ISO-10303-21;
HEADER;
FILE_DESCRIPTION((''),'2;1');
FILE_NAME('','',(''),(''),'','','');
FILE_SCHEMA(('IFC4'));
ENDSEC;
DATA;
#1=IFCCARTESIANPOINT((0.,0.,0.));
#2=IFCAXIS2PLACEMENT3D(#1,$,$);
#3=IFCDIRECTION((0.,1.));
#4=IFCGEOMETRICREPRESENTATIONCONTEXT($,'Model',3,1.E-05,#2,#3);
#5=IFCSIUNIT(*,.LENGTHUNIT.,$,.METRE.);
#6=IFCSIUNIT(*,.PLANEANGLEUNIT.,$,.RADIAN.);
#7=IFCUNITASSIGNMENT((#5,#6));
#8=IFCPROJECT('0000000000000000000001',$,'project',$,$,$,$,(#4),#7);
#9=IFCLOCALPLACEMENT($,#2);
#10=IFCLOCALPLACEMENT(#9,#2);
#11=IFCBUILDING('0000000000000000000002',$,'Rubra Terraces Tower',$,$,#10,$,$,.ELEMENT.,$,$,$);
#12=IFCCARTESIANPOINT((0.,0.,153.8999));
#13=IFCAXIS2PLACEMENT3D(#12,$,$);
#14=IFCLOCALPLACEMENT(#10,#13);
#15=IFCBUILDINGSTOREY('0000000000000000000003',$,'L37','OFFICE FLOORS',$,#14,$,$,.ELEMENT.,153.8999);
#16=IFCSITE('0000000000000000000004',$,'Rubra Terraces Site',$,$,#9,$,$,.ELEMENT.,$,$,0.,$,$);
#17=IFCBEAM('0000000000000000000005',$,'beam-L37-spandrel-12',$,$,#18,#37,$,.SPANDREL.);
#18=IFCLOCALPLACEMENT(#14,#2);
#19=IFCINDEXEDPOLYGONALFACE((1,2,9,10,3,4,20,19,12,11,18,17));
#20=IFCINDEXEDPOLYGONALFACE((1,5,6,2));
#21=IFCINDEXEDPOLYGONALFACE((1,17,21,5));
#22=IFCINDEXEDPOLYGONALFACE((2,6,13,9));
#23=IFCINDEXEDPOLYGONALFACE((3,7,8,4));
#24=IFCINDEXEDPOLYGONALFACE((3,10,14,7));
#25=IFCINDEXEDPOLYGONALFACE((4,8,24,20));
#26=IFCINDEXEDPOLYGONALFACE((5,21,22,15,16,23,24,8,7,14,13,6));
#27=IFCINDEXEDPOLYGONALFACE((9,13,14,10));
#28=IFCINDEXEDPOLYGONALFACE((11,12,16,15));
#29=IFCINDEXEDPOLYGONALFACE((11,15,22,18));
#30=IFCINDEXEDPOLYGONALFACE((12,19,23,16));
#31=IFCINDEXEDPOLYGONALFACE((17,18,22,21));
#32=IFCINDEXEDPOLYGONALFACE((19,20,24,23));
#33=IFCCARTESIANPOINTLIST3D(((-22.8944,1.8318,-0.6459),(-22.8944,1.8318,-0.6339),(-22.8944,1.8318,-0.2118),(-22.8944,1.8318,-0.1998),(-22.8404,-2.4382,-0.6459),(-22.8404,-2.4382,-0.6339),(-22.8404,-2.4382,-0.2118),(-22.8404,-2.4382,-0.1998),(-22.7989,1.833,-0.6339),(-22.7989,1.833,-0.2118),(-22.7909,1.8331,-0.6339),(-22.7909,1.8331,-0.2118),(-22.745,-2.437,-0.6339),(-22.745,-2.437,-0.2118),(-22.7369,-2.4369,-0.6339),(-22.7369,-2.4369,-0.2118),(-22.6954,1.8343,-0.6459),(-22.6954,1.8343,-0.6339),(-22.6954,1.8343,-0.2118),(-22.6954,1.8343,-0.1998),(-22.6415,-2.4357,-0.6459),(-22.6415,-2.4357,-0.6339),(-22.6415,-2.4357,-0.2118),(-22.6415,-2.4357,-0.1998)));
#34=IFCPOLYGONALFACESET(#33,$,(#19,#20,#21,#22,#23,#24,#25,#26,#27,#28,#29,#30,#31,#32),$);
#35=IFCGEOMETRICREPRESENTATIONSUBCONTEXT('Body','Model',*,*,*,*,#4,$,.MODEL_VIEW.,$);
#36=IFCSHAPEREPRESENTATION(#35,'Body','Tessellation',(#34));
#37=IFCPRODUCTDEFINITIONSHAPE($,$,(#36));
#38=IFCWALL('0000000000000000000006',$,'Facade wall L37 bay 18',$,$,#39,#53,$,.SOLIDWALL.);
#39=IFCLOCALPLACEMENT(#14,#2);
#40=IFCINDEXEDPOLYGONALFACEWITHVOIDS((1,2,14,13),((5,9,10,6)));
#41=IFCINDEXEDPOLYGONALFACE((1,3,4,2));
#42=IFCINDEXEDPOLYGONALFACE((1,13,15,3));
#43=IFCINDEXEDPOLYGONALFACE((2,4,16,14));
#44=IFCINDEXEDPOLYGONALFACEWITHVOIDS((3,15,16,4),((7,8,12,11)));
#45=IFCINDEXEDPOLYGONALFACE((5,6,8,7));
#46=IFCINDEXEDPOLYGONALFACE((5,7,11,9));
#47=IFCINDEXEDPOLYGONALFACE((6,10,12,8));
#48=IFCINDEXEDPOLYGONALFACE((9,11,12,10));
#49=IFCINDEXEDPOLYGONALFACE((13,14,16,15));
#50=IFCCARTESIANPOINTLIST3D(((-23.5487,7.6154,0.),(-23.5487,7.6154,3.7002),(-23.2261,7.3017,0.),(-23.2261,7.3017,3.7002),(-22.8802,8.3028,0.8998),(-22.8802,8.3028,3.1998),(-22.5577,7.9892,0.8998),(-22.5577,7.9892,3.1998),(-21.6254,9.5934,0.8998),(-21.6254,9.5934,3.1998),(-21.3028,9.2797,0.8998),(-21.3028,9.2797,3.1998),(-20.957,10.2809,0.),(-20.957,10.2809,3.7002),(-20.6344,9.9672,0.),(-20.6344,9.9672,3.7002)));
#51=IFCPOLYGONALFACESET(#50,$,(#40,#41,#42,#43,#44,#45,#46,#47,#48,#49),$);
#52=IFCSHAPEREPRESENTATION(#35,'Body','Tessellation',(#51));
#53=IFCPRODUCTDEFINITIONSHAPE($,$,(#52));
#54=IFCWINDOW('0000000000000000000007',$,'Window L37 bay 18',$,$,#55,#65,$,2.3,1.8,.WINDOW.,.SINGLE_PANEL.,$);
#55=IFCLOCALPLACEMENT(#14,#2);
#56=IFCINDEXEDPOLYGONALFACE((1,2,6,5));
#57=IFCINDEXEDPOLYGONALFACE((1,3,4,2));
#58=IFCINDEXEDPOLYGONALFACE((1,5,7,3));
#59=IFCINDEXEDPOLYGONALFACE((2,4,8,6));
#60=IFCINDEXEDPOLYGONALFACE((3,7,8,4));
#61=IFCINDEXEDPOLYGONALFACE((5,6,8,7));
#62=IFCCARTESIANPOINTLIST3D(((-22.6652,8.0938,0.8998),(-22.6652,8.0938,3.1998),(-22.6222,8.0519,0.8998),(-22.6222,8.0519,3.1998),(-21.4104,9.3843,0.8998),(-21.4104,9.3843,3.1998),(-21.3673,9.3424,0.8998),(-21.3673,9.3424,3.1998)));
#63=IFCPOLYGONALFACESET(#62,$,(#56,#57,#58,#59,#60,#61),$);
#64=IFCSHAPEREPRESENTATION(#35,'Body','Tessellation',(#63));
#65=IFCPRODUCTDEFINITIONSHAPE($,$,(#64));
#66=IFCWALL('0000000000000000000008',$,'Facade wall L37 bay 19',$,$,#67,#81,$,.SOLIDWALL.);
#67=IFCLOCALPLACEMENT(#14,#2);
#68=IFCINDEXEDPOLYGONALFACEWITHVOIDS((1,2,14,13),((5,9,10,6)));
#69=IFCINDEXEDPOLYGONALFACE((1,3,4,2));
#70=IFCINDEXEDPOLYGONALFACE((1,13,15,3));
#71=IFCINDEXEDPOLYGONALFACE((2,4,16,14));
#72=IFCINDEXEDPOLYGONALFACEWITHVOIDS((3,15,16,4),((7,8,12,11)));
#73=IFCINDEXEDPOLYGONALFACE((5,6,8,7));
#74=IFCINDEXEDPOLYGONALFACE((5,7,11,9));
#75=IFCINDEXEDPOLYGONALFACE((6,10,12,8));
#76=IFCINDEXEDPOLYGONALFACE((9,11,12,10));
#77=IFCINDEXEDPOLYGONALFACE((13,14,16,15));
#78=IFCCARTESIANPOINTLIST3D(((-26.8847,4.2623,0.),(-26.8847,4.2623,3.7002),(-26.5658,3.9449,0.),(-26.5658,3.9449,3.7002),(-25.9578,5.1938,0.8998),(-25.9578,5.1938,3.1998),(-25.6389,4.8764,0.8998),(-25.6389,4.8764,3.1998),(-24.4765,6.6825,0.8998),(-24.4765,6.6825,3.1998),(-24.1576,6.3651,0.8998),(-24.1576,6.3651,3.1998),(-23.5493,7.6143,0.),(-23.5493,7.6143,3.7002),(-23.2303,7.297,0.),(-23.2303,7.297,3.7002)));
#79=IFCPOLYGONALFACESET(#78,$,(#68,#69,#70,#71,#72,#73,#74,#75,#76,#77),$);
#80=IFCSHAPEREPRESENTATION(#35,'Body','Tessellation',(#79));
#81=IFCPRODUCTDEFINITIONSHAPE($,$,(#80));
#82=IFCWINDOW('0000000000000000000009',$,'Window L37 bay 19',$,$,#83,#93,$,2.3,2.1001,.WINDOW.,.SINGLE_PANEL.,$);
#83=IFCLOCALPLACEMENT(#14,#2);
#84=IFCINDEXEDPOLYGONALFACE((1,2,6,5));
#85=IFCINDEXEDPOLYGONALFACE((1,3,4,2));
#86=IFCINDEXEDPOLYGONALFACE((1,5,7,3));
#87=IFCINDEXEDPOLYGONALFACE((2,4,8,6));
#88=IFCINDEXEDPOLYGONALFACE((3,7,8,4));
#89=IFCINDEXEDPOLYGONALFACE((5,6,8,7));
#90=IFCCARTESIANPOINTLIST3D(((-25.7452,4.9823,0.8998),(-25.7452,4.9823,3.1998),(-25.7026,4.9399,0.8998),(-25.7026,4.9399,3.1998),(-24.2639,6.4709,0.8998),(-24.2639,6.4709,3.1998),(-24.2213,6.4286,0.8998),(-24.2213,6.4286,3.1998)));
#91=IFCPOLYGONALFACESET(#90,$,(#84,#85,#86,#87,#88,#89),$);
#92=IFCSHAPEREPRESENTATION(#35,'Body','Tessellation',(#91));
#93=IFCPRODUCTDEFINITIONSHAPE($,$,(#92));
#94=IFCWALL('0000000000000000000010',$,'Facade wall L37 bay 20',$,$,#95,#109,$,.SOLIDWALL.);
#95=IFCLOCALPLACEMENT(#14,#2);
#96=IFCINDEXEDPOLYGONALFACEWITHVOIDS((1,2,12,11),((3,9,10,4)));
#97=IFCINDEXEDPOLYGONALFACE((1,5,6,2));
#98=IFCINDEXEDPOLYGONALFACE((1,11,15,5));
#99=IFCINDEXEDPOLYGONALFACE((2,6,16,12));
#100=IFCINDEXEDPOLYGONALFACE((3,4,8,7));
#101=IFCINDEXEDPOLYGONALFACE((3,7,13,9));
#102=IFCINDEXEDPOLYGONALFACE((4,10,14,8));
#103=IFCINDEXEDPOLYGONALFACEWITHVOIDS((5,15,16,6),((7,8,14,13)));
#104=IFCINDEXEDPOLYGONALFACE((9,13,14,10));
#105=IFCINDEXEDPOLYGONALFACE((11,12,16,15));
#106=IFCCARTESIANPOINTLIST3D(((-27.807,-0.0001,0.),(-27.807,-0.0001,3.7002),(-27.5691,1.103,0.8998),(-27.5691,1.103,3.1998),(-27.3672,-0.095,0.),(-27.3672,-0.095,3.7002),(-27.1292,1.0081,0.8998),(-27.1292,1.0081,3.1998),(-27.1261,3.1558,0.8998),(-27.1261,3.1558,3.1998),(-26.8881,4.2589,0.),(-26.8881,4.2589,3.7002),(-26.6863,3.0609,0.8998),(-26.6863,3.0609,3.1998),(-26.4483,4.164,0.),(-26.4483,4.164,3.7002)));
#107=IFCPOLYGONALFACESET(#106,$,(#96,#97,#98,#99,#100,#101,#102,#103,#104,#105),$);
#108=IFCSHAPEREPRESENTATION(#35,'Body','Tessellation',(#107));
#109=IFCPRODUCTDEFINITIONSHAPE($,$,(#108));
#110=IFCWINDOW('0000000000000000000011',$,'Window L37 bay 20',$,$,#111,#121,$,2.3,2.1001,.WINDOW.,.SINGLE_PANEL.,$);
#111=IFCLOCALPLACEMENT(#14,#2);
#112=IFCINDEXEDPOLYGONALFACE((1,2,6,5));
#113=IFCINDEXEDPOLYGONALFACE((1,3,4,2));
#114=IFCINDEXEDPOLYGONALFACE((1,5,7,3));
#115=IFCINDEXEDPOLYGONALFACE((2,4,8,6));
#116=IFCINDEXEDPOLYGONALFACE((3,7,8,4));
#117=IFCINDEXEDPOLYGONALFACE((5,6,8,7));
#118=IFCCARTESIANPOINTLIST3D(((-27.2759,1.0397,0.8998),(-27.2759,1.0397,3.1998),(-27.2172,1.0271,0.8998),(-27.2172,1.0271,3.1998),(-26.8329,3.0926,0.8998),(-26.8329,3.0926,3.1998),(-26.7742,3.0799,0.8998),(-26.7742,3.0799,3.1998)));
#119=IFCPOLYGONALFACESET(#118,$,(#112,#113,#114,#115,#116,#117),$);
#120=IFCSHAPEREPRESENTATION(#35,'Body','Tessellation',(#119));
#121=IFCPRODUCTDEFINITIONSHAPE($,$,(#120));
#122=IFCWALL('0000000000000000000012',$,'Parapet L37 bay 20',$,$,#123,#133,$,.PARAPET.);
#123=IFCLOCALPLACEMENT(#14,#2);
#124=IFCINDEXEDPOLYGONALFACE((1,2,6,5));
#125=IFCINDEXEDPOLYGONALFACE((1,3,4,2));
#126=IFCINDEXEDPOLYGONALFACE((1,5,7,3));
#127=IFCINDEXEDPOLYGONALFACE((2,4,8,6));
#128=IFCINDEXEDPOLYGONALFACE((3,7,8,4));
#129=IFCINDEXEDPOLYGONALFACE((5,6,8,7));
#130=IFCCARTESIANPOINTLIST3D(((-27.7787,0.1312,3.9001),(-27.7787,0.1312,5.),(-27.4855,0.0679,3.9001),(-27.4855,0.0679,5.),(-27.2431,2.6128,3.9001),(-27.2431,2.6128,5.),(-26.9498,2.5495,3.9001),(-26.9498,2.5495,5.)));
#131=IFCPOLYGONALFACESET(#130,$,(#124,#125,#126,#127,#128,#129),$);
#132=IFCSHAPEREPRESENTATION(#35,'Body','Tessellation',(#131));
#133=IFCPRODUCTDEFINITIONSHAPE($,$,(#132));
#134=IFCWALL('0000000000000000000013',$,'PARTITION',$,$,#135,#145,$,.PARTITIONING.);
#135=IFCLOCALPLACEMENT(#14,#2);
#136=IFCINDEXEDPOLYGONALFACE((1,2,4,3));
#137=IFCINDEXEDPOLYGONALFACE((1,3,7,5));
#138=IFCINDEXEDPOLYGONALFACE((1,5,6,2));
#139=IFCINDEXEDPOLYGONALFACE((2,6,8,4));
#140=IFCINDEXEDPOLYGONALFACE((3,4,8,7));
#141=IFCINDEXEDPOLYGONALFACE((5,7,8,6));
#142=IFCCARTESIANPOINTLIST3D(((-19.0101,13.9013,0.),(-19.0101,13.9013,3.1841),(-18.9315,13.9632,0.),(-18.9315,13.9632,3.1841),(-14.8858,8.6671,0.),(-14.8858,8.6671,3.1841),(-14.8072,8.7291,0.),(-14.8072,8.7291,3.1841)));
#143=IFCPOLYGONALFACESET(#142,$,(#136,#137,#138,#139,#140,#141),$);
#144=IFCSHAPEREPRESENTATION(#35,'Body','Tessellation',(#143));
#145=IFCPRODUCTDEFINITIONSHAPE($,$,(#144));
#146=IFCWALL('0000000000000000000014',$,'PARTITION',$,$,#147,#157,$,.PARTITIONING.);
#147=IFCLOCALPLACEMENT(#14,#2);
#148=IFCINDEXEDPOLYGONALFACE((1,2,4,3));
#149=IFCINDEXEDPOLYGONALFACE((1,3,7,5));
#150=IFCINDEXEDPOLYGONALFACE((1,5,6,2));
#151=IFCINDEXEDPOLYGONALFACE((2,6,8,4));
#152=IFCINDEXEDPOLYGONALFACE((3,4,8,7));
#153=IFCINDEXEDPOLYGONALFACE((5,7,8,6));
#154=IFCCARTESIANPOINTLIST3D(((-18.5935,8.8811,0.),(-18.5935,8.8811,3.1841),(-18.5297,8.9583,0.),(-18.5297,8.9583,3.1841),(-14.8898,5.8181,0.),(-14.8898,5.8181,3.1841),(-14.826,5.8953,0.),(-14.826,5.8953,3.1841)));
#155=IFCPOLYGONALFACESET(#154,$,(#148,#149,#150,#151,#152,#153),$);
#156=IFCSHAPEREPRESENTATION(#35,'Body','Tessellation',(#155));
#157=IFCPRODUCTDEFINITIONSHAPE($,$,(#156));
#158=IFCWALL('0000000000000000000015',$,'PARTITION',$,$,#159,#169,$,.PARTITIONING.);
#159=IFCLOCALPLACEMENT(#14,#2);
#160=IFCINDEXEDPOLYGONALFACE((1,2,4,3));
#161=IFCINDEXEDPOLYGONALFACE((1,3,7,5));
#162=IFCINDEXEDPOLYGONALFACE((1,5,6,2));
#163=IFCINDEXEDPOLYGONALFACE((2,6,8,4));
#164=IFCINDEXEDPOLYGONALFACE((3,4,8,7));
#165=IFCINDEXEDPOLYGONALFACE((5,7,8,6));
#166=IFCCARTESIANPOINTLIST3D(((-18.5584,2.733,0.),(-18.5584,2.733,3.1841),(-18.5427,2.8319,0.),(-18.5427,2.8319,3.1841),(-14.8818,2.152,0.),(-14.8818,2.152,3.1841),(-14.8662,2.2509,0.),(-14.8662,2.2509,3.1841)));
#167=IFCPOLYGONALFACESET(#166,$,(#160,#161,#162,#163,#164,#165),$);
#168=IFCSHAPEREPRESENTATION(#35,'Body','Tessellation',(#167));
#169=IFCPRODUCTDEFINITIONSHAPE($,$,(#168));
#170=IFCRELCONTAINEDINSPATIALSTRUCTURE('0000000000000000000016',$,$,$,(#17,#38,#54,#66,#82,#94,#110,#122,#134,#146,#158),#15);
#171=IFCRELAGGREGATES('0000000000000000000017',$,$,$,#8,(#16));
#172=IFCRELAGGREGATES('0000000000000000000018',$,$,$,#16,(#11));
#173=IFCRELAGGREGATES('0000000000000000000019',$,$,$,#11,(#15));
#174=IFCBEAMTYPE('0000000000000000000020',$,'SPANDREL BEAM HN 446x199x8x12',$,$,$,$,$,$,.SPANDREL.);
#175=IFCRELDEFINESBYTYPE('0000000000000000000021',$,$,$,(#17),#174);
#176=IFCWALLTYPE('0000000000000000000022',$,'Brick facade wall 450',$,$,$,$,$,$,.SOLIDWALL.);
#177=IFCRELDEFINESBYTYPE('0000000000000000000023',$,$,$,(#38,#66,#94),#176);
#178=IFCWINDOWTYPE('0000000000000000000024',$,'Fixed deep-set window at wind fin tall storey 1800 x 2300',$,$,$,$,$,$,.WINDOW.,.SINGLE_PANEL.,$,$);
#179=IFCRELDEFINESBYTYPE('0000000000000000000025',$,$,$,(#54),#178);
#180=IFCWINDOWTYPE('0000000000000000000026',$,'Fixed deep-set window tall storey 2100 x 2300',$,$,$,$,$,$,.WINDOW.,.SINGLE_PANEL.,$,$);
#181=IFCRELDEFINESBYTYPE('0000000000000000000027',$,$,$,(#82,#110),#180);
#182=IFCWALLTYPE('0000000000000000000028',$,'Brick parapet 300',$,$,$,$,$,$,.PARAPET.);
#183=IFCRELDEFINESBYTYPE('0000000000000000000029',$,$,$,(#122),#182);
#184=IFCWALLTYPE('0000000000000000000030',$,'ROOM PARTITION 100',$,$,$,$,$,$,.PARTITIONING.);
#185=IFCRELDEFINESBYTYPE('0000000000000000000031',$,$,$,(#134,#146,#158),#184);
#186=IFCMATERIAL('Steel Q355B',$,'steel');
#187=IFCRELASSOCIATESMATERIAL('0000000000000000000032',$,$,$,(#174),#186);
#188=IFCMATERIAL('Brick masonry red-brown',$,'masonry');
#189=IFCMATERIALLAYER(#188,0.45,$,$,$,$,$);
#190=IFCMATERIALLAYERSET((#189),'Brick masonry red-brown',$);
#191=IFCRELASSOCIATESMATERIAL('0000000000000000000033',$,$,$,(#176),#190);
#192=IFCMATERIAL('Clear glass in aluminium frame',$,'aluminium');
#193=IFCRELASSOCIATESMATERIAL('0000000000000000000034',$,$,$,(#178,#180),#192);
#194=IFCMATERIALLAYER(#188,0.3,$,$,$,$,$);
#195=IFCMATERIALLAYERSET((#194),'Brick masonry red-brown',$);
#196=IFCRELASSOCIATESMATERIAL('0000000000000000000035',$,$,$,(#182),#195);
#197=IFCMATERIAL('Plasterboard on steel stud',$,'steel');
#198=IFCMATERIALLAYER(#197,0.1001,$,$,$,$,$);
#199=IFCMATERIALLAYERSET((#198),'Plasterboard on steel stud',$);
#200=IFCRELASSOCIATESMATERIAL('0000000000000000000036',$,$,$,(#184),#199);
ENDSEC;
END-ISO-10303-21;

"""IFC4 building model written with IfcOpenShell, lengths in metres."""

from ifc_helpers import new_model, si_unit, direction, frame, frame_2d, origin, origin_2d, place, context, subcontext, project, spatial, rectangle, i_section, extrude, material, layer, layer_set, material_profile, profile_set, type_object, element, fill, save


model = new_model("IFC4")

# Units and contexts
model_context = context("Model", 3, precision=1e-05, world=origin(), true_north=direction((0.0, 1.0)))
body_context = subcontext(model_context, "Body", "Model", "MODEL_VIEW")
ifc_project = project(units=[si_unit("LENGTHUNIT", "METRE"), si_unit("PLANEANGLEUNIT", "RADIAN")], contexts=[model_context])

# Site, building, storey
site_placement = place(None, origin())
site = spatial("IfcSite", under=ifc_project, at=site_placement, Name="Rubra Terraces Site", CompositionType="ELEMENT", RefElevation=0.0)
building_placement = place(site_placement, origin())
building = spatial("IfcBuilding", under=site, at=building_placement, Name="Rubra Terraces Tower", CompositionType="ELEMENT")
storey_placement = place(building_placement, frame((0.0, 0.0, 153.8999)))
storey = spatial("IfcBuildingStorey", under=building, at=storey_placement, Name="L37", Description="OFFICE FLOORS", CompositionType="ELEMENT", Elevation=153.8999)

# Beam
ifc_material_1 = material(Name="Steel Q355B", Category="steel")
ifc_material_profile_1 = material_profile(ifc_material_1, i_section(OverallWidth=0.199, OverallDepth=0.446, WebThickness=0.0081, FlangeThickness=0.012, at=origin_2d()), Name="HN 446x199x8x12")
ifc_profile_set_1 = profile_set([ifc_material_profile_1], Name="Steel Q355B")
beam_type_1 = type_object("IfcBeamType", Name="SPANDREL BEAM HN 446x199x8x12", PredefinedType="SPANDREL", material=ifc_profile_set_1)
beam_1_placement = place(storey_placement, frame((-22.7949, 1.833, -0.4229), z_axis=(0.012635, -0.99992, 0.0), x_axis=(0.99992, 0.012635, 0.0)))
element("IfcBeam", 1, at=beam_1_placement, inside=storey, type_object=beam_type_1, Name="beam-L37-spandrel-12", PredefinedType="SPANDREL", context=body_context, shape_type="SweptSolid", body=[
    extrude(i_section(OverallWidth=0.199, OverallDepth=0.446, WebThickness=0.0081, FlangeThickness=0.012, at=origin_2d()), origin(), (0.0, 0.0, 1.0), 4.2703),
])

# Walls, openings, windows
ifc_material_2 = material(Name="Brick masonry red-brown", Category="masonry")
ifc_layer_1 = layer(ifc_material_2, 0.45)
ifc_layer_set_1 = layer_set([ifc_layer_1], Name="Brick masonry red-brown")
wall_type_1 = type_object("IfcWallType", Name="Brick facade wall 450", PredefinedType="SOLIDWALL", material=ifc_layer_set_1)
wall_1_placement = place(storey_placement, frame((-20.7957, 10.124, 0.0), z_axis=(0.0, 0.0, 1.0), x_axis=(-0.697122, -0.716953, 0.0)))
wall_1 = element("IfcWall", 2, at=wall_1_placement, inside=storey, type_object=wall_type_1, Name="Facade wall L37 bay 18", PredefinedType="SOLIDWALL", context=body_context, shape_type="SweptSolid", body=[
    extrude(rectangle(XDim=3.7178, YDim=0.45, at=frame_2d((1.8589, 0.0))), origin(), (0.0, 0.0, 1.0), 3.7002),
])
opening_1_placement = place(wall_1_placement, frame((0.959, 0.0, 0.8999)))
opening_1 = element("IfcOpeningElement", 3, at=opening_1_placement, cuts=wall_1, PredefinedType="OPENING", context=body_context, shape_type="SweptSolid", body=[
    extrude(rectangle(XDim=1.8, YDim=2.3, at=frame_2d((0.8999, 1.1499))), frame((0.0, 0.2349, 0.0), z_axis=(0.0, -1.0, 0.0), x_axis=(1.0, 0.0, 0.0)), (0.0, 0.0, 1.0), 0.47),
])
ifc_material_3 = material(Name="Clear glass in aluminium frame", Category="aluminium")
window_type_1 = type_object("IfcWindowType", Name="Fixed deep-set window at wind fin tall storey 1800 x 2300", PartitioningType="SINGLE_PANEL", PredefinedType="WINDOW", material=ifc_material_3)
window_1_placement = place(opening_1_placement, origin())
window_1 = element("IfcWindow", 4, at=window_1_placement, inside=storey, type_object=window_type_1, Name="Window L37 bay 18", OverallHeight=2.3, OverallWidth=1.8, PartitioningType="SINGLE_PANEL", PredefinedType="WINDOW", context=body_context, shape_type="SweptSolid", body=[
    extrude(rectangle(XDim=1.8, YDim=2.3, at=frame_2d((0.8999, 1.1499))), frame((0.0, 0.135, 0.0), z_axis=(0.0, -1.0, 0.0), x_axis=(1.0, 0.0, 0.0)), (0.0, 0.0, 1.0), 0.0601),
])
fill(opening_1, window_1)
wall_2_placement = place(storey_placement, frame((-23.3899, 7.4556, 0.0), z_axis=(0.0, 0.0, 1.0), x_axis=(-0.705349, -0.70886, 0.0)))
wall_2 = element("IfcWall", 5, at=wall_2_placement, inside=storey, type_object=wall_type_1, Name="Facade wall L37 bay 19", PredefinedType="SOLIDWALL", context=body_context, shape_type="SweptSolid", body=[
    extrude(rectangle(XDim=4.7288, YDim=0.45, at=frame_2d((2.3643, 0.0))), origin(), (0.0, 0.0, 1.0), 3.7002),
])
opening_2_placement = place(wall_2_placement, frame((1.3145, 0.0, 0.8999)))
opening_2 = element("IfcOpeningElement", 6, at=opening_2_placement, cuts=wall_2, PredefinedType="OPENING", context=body_context, shape_type="SweptSolid", body=[
    extrude(rectangle(XDim=2.1001, YDim=2.3, at=frame_2d((1.05, 1.1499))), frame((0.0, 0.2349, 0.0), z_axis=(0.0, -1.0, 0.0), x_axis=(1.0, 0.0, 0.0)), (0.0, 0.0, 1.0), 0.47),
])
window_type_2 = type_object("IfcWindowType", Name="Fixed deep-set window tall storey 2100 x 2300", PartitioningType="SINGLE_PANEL", PredefinedType="WINDOW", material=ifc_material_3)
window_2_placement = place(opening_2_placement, origin())
window_2 = element("IfcWindow", 7, at=window_2_placement, inside=storey, type_object=window_type_2, Name="Window L37 bay 19", OverallHeight=2.3, OverallWidth=2.1001, PartitioningType="SINGLE_PANEL", PredefinedType="WINDOW", context=body_context, shape_type="SweptSolid", body=[
    extrude(rectangle(XDim=2.1001, YDim=2.3, at=frame_2d((1.05, 1.1499))), frame((0.0, 0.135, 0.0), z_axis=(0.0, -1.0, 0.0), x_axis=(1.0, 0.0, 0.0)), (0.0, 0.0, 1.0), 0.0601),
])
fill(opening_2, window_2)
wall_3_placement = place(storey_placement, frame((-26.6682, 4.2114, 0.0), z_axis=(0.0, 0.0, 1.0), x_axis=(-0.21091, -0.977505, 0.0)))
wall_3 = element("IfcWall", 8, at=wall_3_placement, inside=storey, type_object=wall_type_1, Name="Facade wall L37 bay 20", PredefinedType="SOLIDWALL", context=body_context, shape_type="SweptSolid", body=[
    extrude(rectangle(XDim=4.3569, YDim=0.45, at=frame_2d((2.1785, 0.0))), origin(), (0.0, 0.0, 1.0), 3.7002),
])
opening_3_placement = place(wall_3_placement, frame((1.1284, 0.0, 0.8999)))
opening_3 = element("IfcOpeningElement", 9, at=opening_3_placement, cuts=wall_3, PredefinedType="OPENING", context=body_context, shape_type="SweptSolid", body=[
    extrude(rectangle(XDim=2.1001, YDim=2.3, at=frame_2d((1.05, 1.1499))), frame((0.0, 0.2349, 0.0), z_axis=(0.0, -1.0, 0.0), x_axis=(1.0, 0.0, 0.0)), (0.0, 0.0, 1.0), 0.47),
])
window_3_placement = place(opening_3_placement, origin())
window_3 = element("IfcWindow", 10, at=window_3_placement, inside=storey, type_object=window_type_2, Name="Window L37 bay 20", OverallHeight=2.3, OverallWidth=2.1001, PartitioningType="SINGLE_PANEL", PredefinedType="WINDOW", context=body_context, shape_type="SweptSolid", body=[
    extrude(rectangle(XDim=2.1001, YDim=2.3, at=frame_2d((1.05, 1.1499))), frame((0.0, 0.135, 0.0), z_axis=(0.0, -1.0, 0.0), x_axis=(1.0, 0.0, 0.0)), (0.0, 0.0, 1.0), 0.0601),
])
fill(opening_3, window_3)

# Walls
ifc_layer_2 = layer(ifc_material_2, 0.3)
ifc_layer_set_2 = layer_set([ifc_layer_2], Name="Brick masonry red-brown")
wall_type_2 = type_object("IfcWallType", Name="Brick parapet 300", PredefinedType="PARAPET", material=ifc_layer_set_2)
wall_4_placement = place(storey_placement, frame((-27.0964, 2.5813, 3.9001), z_axis=(0.0, 0.0, 1.0), x_axis=(-0.21098, -0.97749, 0.0)))
element("IfcWall", 11, at=wall_4_placement, inside=storey, type_object=wall_type_2, Name="Parapet L37 bay 20", PredefinedType="PARAPET", context=body_context, shape_type="SweptSolid", body=[
    extrude(rectangle(XDim=2.5388, YDim=0.3, at=frame_2d((1.2695, 0.0))), origin(), (0.0, 0.0, 1.0), 1.0999),
])
ifc_material_4 = material(Name="Plasterboard on steel stud", Category="steel")
ifc_layer_3 = layer(ifc_material_4, 0.1001)
ifc_layer_set_3 = layer_set([ifc_layer_3], Name="Plasterboard on steel stud")
wall_type_3 = type_object("IfcWallType", Name="ROOM PARTITION 100", PredefinedType="PARTITIONING", material=ifc_layer_set_3)
wall_5_placement = place(storey_placement, frame((-14.8464, 8.698, 0.0), z_axis=(0.0, 0.0, 1.0), x_axis=(-0.61891, 0.785462, 0.0)))
element("IfcWall", 12, at=wall_5_placement, inside=storey, type_object=wall_type_3, Name="PARTITION", PredefinedType="PARTITIONING", context=body_context, shape_type="SweptSolid", body=[
    extrude(rectangle(XDim=6.6638, YDim=0.1001, at=frame_2d((3.332, 0.0))), origin(), (0.0, 0.0, 1.0), 3.1841),
])
wall_6_placement = place(storey_placement, frame((-14.8579, 5.8567, 0.0), z_axis=(0.0, 0.0, 1.0), x_axis=(-0.770606, 0.637312, 0.0)))
element("IfcWall", 13, at=wall_6_placement, inside=storey, type_object=wall_type_3, Name="PARTITION", PredefinedType="PARTITIONING", context=body_context, shape_type="SweptSolid", body=[
    extrude(rectangle(XDim=4.8062, YDim=0.1001, at=frame_2d((2.4031, 0.0))), origin(), (0.0, 0.0, 1.0), 3.1841),
])
wall_7_placement = place(storey_placement, frame((-14.874, 2.2014, 0.0), z_axis=(0.0, 0.0, 1.0), x_axis=(-0.98774, 0.156107, 0.0)))
element("IfcWall", 14, at=wall_7_placement, inside=storey, type_object=wall_type_3, Name="PARTITION", PredefinedType="PARTITIONING", context=body_context, shape_type="SweptSolid", body=[
    extrude(rectangle(XDim=3.7222, YDim=0.1001, at=frame_2d((1.8611, 0.0))), origin(), (0.0, 0.0, 1.0), 3.1841),
])

save(model, "model.ifc")
